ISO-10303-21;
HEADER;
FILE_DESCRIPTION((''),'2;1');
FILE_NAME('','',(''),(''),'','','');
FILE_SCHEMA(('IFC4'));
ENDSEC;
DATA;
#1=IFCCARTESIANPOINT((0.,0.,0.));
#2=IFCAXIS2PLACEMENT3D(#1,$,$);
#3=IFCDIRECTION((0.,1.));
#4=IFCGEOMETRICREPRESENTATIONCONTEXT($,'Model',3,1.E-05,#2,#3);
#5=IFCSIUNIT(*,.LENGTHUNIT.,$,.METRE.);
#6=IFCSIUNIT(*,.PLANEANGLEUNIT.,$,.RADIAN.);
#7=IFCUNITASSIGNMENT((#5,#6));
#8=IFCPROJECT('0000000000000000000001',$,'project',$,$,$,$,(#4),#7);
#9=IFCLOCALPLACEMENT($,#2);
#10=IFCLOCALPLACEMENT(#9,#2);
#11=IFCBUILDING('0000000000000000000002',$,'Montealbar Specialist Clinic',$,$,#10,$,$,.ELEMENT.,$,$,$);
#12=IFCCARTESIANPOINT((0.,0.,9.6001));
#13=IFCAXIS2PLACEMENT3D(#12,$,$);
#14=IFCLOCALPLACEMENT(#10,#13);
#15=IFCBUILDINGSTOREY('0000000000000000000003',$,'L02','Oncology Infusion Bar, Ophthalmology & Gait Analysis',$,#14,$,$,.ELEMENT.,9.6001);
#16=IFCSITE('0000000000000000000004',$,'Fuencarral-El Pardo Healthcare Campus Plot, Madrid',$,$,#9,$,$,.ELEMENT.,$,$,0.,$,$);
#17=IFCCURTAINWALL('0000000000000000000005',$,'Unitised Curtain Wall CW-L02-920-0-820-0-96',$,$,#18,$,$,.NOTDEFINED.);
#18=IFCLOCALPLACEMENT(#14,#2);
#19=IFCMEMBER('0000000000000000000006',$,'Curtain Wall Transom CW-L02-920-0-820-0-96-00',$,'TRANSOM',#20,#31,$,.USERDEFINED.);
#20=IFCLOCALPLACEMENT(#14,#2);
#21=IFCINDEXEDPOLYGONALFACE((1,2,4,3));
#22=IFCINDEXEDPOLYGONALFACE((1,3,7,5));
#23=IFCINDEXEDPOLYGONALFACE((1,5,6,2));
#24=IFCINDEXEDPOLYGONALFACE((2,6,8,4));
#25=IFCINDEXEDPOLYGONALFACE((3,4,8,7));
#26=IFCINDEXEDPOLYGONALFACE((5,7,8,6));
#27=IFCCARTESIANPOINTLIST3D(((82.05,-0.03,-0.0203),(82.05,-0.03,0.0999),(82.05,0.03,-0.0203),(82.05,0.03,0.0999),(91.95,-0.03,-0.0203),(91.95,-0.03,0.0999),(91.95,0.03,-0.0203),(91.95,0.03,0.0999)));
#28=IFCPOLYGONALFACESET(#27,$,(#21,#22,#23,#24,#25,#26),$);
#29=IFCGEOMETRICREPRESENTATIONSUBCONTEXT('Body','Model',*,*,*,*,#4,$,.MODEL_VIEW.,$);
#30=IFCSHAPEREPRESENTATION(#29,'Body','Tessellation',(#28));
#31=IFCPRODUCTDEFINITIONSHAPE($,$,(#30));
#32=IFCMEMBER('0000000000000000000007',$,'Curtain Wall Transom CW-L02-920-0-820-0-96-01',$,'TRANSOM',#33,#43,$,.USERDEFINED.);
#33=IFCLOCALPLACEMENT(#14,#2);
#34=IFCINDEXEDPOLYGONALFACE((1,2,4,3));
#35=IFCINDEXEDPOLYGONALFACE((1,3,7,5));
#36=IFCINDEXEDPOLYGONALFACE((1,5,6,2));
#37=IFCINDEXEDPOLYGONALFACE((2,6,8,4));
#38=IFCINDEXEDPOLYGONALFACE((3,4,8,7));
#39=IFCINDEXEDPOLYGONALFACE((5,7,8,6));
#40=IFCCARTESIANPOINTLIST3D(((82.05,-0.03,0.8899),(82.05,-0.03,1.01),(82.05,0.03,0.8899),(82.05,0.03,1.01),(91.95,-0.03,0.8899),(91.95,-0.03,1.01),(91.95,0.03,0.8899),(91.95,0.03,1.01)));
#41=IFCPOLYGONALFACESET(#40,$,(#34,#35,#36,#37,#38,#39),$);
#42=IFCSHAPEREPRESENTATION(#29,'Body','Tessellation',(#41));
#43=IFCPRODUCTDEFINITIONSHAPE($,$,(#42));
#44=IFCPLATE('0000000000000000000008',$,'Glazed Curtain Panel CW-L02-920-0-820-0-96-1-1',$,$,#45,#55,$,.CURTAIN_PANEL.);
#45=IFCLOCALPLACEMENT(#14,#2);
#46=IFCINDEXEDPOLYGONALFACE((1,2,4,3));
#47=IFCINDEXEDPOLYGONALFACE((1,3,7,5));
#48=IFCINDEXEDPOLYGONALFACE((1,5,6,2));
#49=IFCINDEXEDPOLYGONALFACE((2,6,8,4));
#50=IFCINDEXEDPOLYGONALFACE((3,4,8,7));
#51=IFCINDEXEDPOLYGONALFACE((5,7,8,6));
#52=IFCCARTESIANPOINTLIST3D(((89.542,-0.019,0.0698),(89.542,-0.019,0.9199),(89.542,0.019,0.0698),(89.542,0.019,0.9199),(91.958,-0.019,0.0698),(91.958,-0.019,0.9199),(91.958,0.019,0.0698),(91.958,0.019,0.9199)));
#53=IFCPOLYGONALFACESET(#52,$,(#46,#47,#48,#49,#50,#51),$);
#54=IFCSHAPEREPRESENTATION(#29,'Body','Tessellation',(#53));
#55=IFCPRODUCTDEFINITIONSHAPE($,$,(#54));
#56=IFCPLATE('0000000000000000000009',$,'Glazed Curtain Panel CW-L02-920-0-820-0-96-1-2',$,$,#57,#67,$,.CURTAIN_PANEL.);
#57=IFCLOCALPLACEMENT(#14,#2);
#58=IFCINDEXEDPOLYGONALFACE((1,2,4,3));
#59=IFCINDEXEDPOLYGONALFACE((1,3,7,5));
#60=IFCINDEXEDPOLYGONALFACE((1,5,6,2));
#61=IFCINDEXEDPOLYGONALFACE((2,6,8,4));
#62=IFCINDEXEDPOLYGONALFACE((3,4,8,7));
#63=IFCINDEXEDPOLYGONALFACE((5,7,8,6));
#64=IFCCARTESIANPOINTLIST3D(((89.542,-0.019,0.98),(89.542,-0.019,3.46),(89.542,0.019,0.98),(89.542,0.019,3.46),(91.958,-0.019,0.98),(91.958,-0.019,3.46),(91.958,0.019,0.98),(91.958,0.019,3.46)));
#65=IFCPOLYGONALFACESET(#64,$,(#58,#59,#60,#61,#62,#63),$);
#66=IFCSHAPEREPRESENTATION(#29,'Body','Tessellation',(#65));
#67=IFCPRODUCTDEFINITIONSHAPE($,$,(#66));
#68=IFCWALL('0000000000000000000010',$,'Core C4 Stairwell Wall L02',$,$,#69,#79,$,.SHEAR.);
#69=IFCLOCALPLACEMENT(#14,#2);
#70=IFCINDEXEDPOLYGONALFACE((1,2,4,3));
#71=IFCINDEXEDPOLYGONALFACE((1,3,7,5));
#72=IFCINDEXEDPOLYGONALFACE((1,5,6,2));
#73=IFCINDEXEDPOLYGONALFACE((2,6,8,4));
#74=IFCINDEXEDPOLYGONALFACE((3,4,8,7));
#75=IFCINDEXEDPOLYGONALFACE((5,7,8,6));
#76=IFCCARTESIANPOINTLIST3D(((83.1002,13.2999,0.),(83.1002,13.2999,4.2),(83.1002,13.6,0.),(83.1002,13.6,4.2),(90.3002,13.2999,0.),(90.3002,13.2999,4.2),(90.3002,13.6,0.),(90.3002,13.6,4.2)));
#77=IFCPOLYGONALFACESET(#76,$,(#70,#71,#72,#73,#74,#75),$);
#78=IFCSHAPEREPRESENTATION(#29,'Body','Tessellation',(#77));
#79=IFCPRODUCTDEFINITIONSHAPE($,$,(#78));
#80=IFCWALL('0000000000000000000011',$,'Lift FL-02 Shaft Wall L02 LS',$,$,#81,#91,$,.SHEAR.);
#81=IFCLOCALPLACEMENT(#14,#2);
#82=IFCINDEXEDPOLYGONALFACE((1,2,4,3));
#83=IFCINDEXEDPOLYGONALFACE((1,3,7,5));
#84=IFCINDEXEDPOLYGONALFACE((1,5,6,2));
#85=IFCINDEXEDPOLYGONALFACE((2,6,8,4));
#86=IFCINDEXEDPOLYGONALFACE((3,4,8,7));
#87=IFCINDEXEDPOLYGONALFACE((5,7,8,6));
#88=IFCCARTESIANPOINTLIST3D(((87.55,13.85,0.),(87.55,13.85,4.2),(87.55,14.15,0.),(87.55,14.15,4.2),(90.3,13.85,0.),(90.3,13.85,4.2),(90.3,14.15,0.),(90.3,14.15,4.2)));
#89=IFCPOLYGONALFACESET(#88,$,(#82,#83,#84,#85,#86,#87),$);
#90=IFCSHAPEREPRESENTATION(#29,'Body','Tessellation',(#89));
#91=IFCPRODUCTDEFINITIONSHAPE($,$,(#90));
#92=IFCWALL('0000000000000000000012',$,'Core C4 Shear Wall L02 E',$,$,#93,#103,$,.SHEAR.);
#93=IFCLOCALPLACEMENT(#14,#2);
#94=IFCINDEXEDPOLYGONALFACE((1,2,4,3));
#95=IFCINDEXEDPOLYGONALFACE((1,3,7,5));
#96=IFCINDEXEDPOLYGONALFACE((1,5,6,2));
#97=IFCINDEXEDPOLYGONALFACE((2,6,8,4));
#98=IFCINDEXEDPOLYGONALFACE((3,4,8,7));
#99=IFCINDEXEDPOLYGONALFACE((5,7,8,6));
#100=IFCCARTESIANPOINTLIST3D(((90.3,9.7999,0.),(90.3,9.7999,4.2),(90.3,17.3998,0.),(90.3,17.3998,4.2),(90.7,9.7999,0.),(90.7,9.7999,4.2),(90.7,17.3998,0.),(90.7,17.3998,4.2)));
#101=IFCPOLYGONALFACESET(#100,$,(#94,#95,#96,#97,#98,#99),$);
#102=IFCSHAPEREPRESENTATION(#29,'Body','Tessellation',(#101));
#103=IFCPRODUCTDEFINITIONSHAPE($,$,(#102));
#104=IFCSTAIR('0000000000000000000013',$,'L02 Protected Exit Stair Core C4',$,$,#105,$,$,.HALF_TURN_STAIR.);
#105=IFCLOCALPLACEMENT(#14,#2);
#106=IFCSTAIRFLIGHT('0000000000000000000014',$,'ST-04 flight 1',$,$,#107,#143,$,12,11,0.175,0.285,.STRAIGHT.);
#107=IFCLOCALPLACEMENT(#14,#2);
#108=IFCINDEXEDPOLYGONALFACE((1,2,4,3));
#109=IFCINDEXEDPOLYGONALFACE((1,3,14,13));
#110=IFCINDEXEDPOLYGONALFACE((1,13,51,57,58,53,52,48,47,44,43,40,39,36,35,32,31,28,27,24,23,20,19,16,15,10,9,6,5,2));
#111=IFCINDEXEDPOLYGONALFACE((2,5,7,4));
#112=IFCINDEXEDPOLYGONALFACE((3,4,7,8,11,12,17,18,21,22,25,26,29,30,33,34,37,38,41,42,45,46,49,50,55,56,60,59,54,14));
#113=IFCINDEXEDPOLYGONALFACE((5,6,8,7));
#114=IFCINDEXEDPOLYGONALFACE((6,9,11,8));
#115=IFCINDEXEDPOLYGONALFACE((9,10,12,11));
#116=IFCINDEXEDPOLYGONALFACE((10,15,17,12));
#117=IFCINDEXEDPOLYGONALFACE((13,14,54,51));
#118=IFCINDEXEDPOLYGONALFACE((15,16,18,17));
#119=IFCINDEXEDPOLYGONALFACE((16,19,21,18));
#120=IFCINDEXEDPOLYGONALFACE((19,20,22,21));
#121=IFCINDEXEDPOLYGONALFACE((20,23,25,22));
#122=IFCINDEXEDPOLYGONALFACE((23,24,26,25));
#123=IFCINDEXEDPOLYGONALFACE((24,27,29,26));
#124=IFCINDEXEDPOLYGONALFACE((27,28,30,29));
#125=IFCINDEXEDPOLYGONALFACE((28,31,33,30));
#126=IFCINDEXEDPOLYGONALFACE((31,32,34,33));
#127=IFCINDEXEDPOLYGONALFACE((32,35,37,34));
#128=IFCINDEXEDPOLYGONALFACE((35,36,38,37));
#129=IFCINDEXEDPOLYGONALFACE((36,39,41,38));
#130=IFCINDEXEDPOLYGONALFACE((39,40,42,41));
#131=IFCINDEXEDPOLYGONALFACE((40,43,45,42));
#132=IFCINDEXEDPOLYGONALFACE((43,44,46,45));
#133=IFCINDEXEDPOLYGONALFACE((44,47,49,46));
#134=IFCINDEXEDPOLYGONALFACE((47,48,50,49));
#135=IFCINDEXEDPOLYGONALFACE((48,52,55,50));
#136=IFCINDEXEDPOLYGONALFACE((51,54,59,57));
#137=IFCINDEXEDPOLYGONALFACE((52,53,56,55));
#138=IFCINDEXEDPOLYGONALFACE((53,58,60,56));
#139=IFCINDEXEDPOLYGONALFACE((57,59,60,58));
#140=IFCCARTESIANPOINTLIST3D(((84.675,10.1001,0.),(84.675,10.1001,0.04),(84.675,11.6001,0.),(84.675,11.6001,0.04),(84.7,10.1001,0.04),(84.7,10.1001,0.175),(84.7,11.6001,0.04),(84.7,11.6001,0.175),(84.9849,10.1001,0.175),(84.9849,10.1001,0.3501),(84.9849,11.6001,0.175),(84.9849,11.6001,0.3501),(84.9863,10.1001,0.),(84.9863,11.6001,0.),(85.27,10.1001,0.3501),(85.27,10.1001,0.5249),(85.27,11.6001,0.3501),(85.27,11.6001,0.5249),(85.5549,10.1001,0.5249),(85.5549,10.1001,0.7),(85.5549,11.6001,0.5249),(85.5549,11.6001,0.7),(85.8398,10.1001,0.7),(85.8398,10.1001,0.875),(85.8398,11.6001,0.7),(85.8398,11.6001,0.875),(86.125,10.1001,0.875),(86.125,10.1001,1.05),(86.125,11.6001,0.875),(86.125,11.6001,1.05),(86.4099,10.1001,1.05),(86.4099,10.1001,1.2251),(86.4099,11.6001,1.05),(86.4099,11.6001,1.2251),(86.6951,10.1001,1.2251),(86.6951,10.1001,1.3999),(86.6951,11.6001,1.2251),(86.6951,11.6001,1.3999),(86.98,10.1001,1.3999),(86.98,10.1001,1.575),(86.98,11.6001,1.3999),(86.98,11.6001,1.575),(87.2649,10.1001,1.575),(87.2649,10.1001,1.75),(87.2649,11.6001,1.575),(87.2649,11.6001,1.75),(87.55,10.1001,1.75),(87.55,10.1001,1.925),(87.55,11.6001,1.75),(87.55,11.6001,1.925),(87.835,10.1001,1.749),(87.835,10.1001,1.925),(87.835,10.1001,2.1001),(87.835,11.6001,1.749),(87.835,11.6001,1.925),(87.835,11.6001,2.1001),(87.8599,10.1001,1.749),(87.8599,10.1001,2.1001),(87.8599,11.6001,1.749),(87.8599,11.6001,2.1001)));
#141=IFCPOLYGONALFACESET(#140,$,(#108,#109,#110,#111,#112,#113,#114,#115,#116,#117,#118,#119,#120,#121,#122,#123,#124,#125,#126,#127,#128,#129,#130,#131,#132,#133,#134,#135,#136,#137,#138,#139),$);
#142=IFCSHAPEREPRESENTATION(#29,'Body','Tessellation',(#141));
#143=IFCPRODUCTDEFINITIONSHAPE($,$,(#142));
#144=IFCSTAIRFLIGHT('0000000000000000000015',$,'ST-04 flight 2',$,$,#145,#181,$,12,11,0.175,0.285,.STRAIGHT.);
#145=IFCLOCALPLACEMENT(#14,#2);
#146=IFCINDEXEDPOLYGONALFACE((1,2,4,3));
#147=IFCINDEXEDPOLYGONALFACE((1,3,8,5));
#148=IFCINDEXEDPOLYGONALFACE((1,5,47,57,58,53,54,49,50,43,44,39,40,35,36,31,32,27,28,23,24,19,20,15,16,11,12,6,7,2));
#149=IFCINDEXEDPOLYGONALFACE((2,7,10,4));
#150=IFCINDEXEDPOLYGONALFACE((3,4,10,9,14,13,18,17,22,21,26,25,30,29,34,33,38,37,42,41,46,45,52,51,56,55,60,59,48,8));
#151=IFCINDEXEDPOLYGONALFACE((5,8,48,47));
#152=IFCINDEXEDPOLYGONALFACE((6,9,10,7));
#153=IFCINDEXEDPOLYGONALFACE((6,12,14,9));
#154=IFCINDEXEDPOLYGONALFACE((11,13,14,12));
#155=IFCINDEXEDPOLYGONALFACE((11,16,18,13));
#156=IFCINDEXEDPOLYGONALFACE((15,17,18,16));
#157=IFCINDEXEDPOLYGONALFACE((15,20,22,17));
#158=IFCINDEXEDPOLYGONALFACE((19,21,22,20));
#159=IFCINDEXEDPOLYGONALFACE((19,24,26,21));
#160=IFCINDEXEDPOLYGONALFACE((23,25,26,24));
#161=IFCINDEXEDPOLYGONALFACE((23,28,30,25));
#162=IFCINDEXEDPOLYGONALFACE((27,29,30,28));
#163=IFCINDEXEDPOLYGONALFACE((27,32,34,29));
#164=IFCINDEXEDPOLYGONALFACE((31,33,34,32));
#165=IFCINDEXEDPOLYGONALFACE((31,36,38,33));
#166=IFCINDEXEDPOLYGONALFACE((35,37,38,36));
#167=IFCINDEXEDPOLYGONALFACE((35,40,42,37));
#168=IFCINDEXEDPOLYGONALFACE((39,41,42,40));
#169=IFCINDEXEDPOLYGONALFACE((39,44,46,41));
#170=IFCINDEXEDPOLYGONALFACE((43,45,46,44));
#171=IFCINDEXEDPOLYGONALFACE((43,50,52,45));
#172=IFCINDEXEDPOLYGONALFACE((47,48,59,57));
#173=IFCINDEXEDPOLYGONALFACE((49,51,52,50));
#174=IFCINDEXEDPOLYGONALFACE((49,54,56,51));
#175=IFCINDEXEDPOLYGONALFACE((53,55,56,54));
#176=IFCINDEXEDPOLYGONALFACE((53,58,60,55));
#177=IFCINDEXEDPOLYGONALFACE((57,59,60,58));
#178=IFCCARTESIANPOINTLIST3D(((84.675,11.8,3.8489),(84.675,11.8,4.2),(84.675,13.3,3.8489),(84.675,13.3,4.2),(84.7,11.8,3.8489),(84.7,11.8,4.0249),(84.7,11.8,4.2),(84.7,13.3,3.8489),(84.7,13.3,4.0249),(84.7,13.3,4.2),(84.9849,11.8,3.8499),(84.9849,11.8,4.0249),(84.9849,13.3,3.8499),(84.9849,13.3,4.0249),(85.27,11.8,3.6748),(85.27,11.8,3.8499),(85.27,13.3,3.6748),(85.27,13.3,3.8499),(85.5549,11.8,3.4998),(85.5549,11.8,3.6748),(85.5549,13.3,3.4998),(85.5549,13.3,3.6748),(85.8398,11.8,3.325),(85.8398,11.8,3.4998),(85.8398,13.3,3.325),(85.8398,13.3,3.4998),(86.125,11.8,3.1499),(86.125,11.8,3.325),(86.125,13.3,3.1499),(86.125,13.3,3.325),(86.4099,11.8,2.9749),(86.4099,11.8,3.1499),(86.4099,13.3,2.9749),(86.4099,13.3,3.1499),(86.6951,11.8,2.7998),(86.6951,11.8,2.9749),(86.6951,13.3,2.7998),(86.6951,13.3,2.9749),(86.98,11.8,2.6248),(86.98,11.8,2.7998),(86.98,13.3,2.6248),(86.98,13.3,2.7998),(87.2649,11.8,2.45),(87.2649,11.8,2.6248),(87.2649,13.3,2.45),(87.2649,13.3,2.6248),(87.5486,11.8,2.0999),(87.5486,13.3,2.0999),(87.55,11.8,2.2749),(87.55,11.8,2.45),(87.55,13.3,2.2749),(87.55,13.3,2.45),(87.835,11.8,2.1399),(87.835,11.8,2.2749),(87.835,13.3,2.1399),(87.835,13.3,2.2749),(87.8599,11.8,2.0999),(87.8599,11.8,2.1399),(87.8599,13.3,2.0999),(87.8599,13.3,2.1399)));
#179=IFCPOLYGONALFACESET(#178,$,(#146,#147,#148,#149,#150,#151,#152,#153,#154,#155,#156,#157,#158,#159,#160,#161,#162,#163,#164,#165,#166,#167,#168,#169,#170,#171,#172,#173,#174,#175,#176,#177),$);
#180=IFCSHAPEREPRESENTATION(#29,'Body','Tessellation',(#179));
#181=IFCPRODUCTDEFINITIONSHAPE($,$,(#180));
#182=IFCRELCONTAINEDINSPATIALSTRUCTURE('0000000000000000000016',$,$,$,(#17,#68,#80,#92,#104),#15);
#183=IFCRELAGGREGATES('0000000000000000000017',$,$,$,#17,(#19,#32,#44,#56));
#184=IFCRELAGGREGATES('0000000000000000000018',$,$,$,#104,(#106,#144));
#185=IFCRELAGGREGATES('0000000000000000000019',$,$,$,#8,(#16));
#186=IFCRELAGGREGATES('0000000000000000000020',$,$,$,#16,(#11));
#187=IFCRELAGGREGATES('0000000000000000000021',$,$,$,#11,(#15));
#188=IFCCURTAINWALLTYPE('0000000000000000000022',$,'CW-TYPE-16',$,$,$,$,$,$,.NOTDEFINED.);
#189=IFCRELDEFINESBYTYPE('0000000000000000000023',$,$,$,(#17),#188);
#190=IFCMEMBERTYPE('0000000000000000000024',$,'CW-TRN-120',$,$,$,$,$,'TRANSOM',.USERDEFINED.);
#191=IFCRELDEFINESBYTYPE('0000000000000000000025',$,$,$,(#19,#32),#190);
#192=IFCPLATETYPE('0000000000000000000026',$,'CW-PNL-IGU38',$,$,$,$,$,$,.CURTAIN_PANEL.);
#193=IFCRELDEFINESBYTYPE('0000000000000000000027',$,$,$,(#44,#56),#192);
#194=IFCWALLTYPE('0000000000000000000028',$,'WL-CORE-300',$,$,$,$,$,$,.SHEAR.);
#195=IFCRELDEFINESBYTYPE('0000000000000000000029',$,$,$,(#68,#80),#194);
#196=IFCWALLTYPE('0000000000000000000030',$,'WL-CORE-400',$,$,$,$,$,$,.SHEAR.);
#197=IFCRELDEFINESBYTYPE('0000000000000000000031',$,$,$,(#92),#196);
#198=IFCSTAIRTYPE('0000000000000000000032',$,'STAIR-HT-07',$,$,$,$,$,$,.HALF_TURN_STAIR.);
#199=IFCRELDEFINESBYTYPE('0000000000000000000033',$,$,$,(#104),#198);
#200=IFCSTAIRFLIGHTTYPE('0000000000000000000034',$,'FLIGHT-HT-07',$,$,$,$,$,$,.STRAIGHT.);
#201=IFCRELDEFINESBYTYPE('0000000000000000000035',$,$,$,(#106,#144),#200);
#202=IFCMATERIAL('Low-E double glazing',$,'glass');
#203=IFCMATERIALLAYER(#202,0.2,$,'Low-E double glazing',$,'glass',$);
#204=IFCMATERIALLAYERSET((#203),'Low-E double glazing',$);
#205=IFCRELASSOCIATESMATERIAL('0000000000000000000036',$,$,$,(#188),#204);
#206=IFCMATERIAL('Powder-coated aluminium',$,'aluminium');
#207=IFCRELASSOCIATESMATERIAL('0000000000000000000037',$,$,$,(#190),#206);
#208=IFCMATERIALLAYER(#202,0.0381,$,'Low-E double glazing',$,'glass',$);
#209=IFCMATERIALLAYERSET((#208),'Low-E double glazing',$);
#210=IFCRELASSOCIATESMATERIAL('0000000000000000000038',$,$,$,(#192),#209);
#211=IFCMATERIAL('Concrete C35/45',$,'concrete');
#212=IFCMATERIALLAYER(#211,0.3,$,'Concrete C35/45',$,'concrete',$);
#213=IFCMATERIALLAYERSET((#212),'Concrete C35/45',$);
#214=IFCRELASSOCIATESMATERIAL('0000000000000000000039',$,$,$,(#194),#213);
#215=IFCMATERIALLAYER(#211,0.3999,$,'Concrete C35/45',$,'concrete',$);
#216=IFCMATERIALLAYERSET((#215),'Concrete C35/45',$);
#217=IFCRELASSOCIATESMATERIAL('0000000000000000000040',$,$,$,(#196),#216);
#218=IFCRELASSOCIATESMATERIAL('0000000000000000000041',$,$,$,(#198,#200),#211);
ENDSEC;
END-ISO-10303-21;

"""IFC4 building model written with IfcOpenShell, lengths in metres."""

from ifc_helpers import new_model, si_unit, direction, frame, frame_2d, origin, origin_2d, place, context, subcontext, project, spatial, polyline, rectangle, outline, extrude, material, layer, layer_set, material_profile, profile_set, type_object, element, aggregate, save


model = new_model("IFC4")

# Units and contexts
model_context = context("Model", 3, precision=1e-05, world=origin(), true_north=direction((0.0, 1.0)))
body_context = subcontext(model_context, "Body", "Model", "MODEL_VIEW")
ifc_project = project(units=[si_unit("LENGTHUNIT", "METRE"), si_unit("PLANEANGLEUNIT", "RADIAN")], contexts=[model_context])

# Site, building, storey
site_placement = place(None, origin())
site = spatial("IfcSite", under=ifc_project, at=site_placement, Name="Fuencarral-El Pardo Healthcare Campus Plot, Madrid", CompositionType="ELEMENT", RefElevation=0.0)
building_placement = place(site_placement, origin())
building = spatial("IfcBuilding", under=site, at=building_placement, Name="Montealbar Specialist Clinic", CompositionType="ELEMENT")
storey_placement = place(building_placement, frame((0.0, 0.0, 9.6001)))
storey = spatial("IfcBuildingStorey", under=building, at=storey_placement, Name="L02", Description="Oncology Infusion Bar, Ophthalmology & Gait Analysis", CompositionType="ELEMENT", Elevation=9.6001)

# Curtain wall, members, plates
ifc_material_1 = material(Name="Low-E double glazing", Category="glass")
ifc_layer_1 = layer(ifc_material_1, 0.2, Name="Low-E double glazing", Category="glass")
ifc_layer_set_1 = layer_set([ifc_layer_1], Name="Low-E double glazing")
curtain_wall_type = type_object("IfcCurtainWallType", Name="CW-TYPE-16", PredefinedType="NOTDEFINED", material=ifc_layer_set_1)
curtain_wall_placement = place(storey_placement, origin())
curtain_wall = element("IfcCurtainWall", 1, at=curtain_wall_placement, inside=storey, type_object=curtain_wall_type, Name="Unitised Curtain Wall CW-L02-920-0-820-0-96", PredefinedType="NOTDEFINED")
ifc_material_2 = material(Name="Powder-coated aluminium", Category="aluminium")
ifc_material_profile_1 = material_profile(ifc_material_2, rectangle(XDim=0.0601, YDim=0.1201, at=origin_2d()), Name="ALU 60x120", Category="aluminium")
ifc_profile_set_1 = profile_set([ifc_material_profile_1], Name="Powder-coated aluminium")
member_type = type_object("IfcMemberType", Name="CW-TRN-120", ElementType="TRANSOM", PredefinedType="USERDEFINED", material=ifc_profile_set_1)
member_1_placement = place(storey_placement, frame((91.95, 0.0, 0.0398), z_axis=(-1.0, 0.0, 0.0), x_axis=(0.0, -1.0, 0.0)))
member_1 = element("IfcMember", 2, at=member_1_placement, type_object=member_type, Name="Curtain Wall Transom CW-L02-920-0-820-0-96-00", ObjectType="TRANSOM", PredefinedType="USERDEFINED", context=body_context, shape_type="SweptSolid", body=[
    extrude(rectangle(XDim=0.0601, YDim=0.1201, at=origin_2d()), origin(), (0.0, 0.0, 1.0), 9.8999),
])
member_2_placement = place(storey_placement, frame((91.95, 0.0, 0.95), z_axis=(-1.0, 0.0, 0.0), x_axis=(0.0, -1.0, 0.0)))
member_2 = element("IfcMember", 3, at=member_2_placement, type_object=member_type, Name="Curtain Wall Transom CW-L02-920-0-820-0-96-01", ObjectType="TRANSOM", PredefinedType="USERDEFINED", context=body_context, shape_type="SweptSolid", body=[
    extrude(rectangle(XDim=0.0601, YDim=0.1201, at=origin_2d()), origin(), (0.0, 0.0, 1.0), 9.8999),
])
ifc_layer_2 = layer(ifc_material_1, 0.0381, Name="Low-E double glazing", Category="glass")
ifc_layer_set_2 = layer_set([ifc_layer_2], Name="Low-E double glazing")
plate_type = type_object("IfcPlateType", Name="CW-PNL-IGU38", PredefinedType="CURTAIN_PANEL", material=ifc_layer_set_2)
plate_1_placement = place(storey_placement, frame((90.75, 0.0, 0.0698), z_axis=(0.0, 0.0, 1.0), x_axis=(-1.0, 0.0, 0.0)))
plate_1 = element("IfcPlate", 4, at=plate_1_placement, type_object=plate_type, Name="Glazed Curtain Panel CW-L02-920-0-820-0-96-1-1", PredefinedType="CURTAIN_PANEL", context=body_context, shape_type="SweptSolid", body=[
    extrude(rectangle(XDim=2.416, YDim=0.0381, at=origin_2d()), origin(), (0.0, 0.0, 1.0), 0.8501),
])
plate_2_placement = place(storey_placement, frame((90.75, 0.0, 0.98), z_axis=(0.0, 0.0, 1.0), x_axis=(-1.0, 0.0, 0.0)))
plate_2 = element("IfcPlate", 5, at=plate_2_placement, type_object=plate_type, Name="Glazed Curtain Panel CW-L02-920-0-820-0-96-1-2", PredefinedType="CURTAIN_PANEL", context=body_context, shape_type="SweptSolid", body=[
    extrude(rectangle(XDim=2.416, YDim=0.0381, at=origin_2d()), origin(), (0.0, 0.0, 1.0), 2.48),
])
aggregate(curtain_wall, [member_1, member_2, plate_1, plate_2])

# Walls
ifc_material_3 = material(Name="Concrete C35/45", Category="concrete")
ifc_layer_3 = layer(ifc_material_3, 0.3, Name="Concrete C35/45", Category="concrete")
ifc_layer_set_3 = layer_set([ifc_layer_3], Name="Concrete C35/45")
wall_type_1 = type_object("IfcWallType", Name="WL-CORE-300", PredefinedType="SHEAR", material=ifc_layer_set_3)
wall_1_placement = place(storey_placement, frame((83.1001, 13.45, 0.0), z_axis=(0.0, 0.0, 1.0), x_axis=(1.0, 0.0, 0.0)))
element("IfcWall", 6, at=wall_1_placement, inside=storey, type_object=wall_type_1, Name="Core C4 Stairwell Wall L02", PredefinedType="SHEAR", context=body_context, shape_type="SweptSolid", body=[
    extrude(rectangle(XDim=7.2, YDim=0.3, at=frame_2d((3.6001, 0.0))), origin(), (0.0, 0.0, 1.0), 4.2),
])
wall_2_placement = place(storey_placement, frame((87.55, 14.0, 0.0), z_axis=(0.0, 0.0, 1.0), x_axis=(1.0, 0.0, 0.0)))
element("IfcWall", 7, at=wall_2_placement, inside=storey, type_object=wall_type_1, Name="Lift FL-02 Shaft Wall L02 LS", PredefinedType="SHEAR", context=body_context, shape_type="SweptSolid", body=[
    extrude(rectangle(XDim=2.75, YDim=0.3, at=frame_2d((1.375, 0.0))), origin(), (0.0, 0.0, 1.0), 4.2),
])

# Shared definitions
ifc_layer_4 = layer(ifc_material_3, 0.3999, Name="Concrete C35/45", Category="concrete")
ifc_layer_set_4 = layer_set([ifc_layer_4], Name="Concrete C35/45")
wall_type_2 = type_object("IfcWallType", Name="WL-CORE-400", PredefinedType="SHEAR", material=ifc_layer_set_4)

# Wall
wall_3_placement = place(storey_placement, frame((90.5, 9.8, 0.0), z_axis=(0.0, 0.0, 1.0), x_axis=(0.0, 1.0, 0.0)))
element("IfcWall", 8, at=wall_3_placement, inside=storey, type_object=wall_type_2, Name="Core C4 Shear Wall L02 E", PredefinedType="SHEAR", context=body_context, shape_type="SweptSolid", body=[
    extrude(rectangle(XDim=7.5999, YDim=0.3999, at=frame_2d((3.7998, 0.0))), origin(), (0.0, 0.0, 1.0), 4.2),
])

# Stair, stair flights
stair_type = type_object("IfcStairType", Name="STAIR-HT-07", PredefinedType="HALF_TURN_STAIR", material=ifc_material_3)
stair_placement = place(storey_placement, origin())
stair = element("IfcStair", 9, at=stair_placement, inside=storey, type_object=stair_type, Name="L02 Protected Exit Stair Core C4", PredefinedType="HALF_TURN_STAIR")
stair_flight_type = type_object("IfcStairFlightType", Name="FLIGHT-HT-07", PredefinedType="STRAIGHT", material=ifc_material_3)
stair_flight_1_placement = place(storey_placement, frame((84.7, 10.8501, 0.0), z_axis=(0.0, 0.0, 1.0), x_axis=(1.0, 0.0, 0.0)))
stair_flight_1 = element("IfcStairFlight", 10, at=stair_flight_1_placement, type_object=stair_flight_type, Name="ST-04 flight 1", NumberOfRisers=12, NumberOfTreads=11, PredefinedType="STRAIGHT", RiserHeight=0.175, TreadLength=0.285, context=body_context, shape_type="SweptSolid", body=[
    extrude(outline(polyline([(-0.0249, 0.0), (-0.0249, 0.04), (0.0, 0.04), (0.0, 0.175), (0.2849, 0.175), (0.2849, 0.3501), (0.5701, 0.3501), (0.5701, 0.5249), (0.855, 0.5249), (0.855, 0.7), (1.1399, 0.7), (1.1399, 0.875), (1.425, 0.875), (1.425, 1.05), (1.71, 1.05), (1.71, 1.2251), (1.9951, 1.2251), (1.9951, 1.3999), (2.28, 1.3999), (2.28, 1.575), (2.5649, 1.575), (2.5649, 1.75), (2.8501, 1.75), (2.8501, 1.925), (3.135, 1.925), (3.135, 2.1001), (3.1599, 2.1001), (3.1599, 1.749), (3.135, 1.749), (0.2864, 0.0), (-0.0249, 0.0)])), frame((0.0, 0.75, 0.0), z_axis=(0.0, -1.0, 0.0), x_axis=(1.0, 0.0, 0.0)), (0.0, 0.0, 1.0), 1.5),
])
stair_flight_2_placement = place(storey_placement, frame((87.835, 12.55, 2.0999), z_axis=(0.0, 0.0, 1.0), x_axis=(-1.0, 0.0, 0.0)))
stair_flight_2 = element("IfcStairFlight", 11, at=stair_flight_2_placement, type_object=stair_flight_type, Name="ST-04 flight 2", NumberOfRisers=12, NumberOfTreads=11, PredefinedType="STRAIGHT", RiserHeight=0.175, TreadLength=0.285, context=body_context, shape_type="SweptSolid", body=[
    extrude(outline(polyline([(-0.0249, 0.0), (-0.0249, 0.04), (0.0, 0.04), (0.0, 0.175), (0.2849, 0.175), (0.2849, 0.3501), (0.5701, 0.3501), (0.5701, 0.5249), (0.855, 0.5249), (0.855, 0.7), (1.1399, 0.7), (1.1399, 0.875), (1.425, 0.875), (1.425, 1.05), (1.71, 1.05), (1.71, 1.2251), (1.9951, 1.2251), (1.9951, 1.3999), (2.28, 1.3999), (2.28, 1.575), (2.5649, 1.575), (2.5649, 1.75), (2.8501, 1.75), (2.8501, 1.925), (3.135, 1.925), (3.135, 2.1001), (3.1599, 2.1001), (3.1599, 1.749), (3.135, 1.749), (0.2864, 0.0), (-0.0249, 0.0)])), frame((0.0, 0.75, 0.0), z_axis=(0.0, -1.0, 0.0), x_axis=(1.0, 0.0, 0.0)), (0.0, 0.0, 1.0), 1.5),
])
aggregate(stair, [stair_flight_1, stair_flight_2])

save(model, "model.ifc")
